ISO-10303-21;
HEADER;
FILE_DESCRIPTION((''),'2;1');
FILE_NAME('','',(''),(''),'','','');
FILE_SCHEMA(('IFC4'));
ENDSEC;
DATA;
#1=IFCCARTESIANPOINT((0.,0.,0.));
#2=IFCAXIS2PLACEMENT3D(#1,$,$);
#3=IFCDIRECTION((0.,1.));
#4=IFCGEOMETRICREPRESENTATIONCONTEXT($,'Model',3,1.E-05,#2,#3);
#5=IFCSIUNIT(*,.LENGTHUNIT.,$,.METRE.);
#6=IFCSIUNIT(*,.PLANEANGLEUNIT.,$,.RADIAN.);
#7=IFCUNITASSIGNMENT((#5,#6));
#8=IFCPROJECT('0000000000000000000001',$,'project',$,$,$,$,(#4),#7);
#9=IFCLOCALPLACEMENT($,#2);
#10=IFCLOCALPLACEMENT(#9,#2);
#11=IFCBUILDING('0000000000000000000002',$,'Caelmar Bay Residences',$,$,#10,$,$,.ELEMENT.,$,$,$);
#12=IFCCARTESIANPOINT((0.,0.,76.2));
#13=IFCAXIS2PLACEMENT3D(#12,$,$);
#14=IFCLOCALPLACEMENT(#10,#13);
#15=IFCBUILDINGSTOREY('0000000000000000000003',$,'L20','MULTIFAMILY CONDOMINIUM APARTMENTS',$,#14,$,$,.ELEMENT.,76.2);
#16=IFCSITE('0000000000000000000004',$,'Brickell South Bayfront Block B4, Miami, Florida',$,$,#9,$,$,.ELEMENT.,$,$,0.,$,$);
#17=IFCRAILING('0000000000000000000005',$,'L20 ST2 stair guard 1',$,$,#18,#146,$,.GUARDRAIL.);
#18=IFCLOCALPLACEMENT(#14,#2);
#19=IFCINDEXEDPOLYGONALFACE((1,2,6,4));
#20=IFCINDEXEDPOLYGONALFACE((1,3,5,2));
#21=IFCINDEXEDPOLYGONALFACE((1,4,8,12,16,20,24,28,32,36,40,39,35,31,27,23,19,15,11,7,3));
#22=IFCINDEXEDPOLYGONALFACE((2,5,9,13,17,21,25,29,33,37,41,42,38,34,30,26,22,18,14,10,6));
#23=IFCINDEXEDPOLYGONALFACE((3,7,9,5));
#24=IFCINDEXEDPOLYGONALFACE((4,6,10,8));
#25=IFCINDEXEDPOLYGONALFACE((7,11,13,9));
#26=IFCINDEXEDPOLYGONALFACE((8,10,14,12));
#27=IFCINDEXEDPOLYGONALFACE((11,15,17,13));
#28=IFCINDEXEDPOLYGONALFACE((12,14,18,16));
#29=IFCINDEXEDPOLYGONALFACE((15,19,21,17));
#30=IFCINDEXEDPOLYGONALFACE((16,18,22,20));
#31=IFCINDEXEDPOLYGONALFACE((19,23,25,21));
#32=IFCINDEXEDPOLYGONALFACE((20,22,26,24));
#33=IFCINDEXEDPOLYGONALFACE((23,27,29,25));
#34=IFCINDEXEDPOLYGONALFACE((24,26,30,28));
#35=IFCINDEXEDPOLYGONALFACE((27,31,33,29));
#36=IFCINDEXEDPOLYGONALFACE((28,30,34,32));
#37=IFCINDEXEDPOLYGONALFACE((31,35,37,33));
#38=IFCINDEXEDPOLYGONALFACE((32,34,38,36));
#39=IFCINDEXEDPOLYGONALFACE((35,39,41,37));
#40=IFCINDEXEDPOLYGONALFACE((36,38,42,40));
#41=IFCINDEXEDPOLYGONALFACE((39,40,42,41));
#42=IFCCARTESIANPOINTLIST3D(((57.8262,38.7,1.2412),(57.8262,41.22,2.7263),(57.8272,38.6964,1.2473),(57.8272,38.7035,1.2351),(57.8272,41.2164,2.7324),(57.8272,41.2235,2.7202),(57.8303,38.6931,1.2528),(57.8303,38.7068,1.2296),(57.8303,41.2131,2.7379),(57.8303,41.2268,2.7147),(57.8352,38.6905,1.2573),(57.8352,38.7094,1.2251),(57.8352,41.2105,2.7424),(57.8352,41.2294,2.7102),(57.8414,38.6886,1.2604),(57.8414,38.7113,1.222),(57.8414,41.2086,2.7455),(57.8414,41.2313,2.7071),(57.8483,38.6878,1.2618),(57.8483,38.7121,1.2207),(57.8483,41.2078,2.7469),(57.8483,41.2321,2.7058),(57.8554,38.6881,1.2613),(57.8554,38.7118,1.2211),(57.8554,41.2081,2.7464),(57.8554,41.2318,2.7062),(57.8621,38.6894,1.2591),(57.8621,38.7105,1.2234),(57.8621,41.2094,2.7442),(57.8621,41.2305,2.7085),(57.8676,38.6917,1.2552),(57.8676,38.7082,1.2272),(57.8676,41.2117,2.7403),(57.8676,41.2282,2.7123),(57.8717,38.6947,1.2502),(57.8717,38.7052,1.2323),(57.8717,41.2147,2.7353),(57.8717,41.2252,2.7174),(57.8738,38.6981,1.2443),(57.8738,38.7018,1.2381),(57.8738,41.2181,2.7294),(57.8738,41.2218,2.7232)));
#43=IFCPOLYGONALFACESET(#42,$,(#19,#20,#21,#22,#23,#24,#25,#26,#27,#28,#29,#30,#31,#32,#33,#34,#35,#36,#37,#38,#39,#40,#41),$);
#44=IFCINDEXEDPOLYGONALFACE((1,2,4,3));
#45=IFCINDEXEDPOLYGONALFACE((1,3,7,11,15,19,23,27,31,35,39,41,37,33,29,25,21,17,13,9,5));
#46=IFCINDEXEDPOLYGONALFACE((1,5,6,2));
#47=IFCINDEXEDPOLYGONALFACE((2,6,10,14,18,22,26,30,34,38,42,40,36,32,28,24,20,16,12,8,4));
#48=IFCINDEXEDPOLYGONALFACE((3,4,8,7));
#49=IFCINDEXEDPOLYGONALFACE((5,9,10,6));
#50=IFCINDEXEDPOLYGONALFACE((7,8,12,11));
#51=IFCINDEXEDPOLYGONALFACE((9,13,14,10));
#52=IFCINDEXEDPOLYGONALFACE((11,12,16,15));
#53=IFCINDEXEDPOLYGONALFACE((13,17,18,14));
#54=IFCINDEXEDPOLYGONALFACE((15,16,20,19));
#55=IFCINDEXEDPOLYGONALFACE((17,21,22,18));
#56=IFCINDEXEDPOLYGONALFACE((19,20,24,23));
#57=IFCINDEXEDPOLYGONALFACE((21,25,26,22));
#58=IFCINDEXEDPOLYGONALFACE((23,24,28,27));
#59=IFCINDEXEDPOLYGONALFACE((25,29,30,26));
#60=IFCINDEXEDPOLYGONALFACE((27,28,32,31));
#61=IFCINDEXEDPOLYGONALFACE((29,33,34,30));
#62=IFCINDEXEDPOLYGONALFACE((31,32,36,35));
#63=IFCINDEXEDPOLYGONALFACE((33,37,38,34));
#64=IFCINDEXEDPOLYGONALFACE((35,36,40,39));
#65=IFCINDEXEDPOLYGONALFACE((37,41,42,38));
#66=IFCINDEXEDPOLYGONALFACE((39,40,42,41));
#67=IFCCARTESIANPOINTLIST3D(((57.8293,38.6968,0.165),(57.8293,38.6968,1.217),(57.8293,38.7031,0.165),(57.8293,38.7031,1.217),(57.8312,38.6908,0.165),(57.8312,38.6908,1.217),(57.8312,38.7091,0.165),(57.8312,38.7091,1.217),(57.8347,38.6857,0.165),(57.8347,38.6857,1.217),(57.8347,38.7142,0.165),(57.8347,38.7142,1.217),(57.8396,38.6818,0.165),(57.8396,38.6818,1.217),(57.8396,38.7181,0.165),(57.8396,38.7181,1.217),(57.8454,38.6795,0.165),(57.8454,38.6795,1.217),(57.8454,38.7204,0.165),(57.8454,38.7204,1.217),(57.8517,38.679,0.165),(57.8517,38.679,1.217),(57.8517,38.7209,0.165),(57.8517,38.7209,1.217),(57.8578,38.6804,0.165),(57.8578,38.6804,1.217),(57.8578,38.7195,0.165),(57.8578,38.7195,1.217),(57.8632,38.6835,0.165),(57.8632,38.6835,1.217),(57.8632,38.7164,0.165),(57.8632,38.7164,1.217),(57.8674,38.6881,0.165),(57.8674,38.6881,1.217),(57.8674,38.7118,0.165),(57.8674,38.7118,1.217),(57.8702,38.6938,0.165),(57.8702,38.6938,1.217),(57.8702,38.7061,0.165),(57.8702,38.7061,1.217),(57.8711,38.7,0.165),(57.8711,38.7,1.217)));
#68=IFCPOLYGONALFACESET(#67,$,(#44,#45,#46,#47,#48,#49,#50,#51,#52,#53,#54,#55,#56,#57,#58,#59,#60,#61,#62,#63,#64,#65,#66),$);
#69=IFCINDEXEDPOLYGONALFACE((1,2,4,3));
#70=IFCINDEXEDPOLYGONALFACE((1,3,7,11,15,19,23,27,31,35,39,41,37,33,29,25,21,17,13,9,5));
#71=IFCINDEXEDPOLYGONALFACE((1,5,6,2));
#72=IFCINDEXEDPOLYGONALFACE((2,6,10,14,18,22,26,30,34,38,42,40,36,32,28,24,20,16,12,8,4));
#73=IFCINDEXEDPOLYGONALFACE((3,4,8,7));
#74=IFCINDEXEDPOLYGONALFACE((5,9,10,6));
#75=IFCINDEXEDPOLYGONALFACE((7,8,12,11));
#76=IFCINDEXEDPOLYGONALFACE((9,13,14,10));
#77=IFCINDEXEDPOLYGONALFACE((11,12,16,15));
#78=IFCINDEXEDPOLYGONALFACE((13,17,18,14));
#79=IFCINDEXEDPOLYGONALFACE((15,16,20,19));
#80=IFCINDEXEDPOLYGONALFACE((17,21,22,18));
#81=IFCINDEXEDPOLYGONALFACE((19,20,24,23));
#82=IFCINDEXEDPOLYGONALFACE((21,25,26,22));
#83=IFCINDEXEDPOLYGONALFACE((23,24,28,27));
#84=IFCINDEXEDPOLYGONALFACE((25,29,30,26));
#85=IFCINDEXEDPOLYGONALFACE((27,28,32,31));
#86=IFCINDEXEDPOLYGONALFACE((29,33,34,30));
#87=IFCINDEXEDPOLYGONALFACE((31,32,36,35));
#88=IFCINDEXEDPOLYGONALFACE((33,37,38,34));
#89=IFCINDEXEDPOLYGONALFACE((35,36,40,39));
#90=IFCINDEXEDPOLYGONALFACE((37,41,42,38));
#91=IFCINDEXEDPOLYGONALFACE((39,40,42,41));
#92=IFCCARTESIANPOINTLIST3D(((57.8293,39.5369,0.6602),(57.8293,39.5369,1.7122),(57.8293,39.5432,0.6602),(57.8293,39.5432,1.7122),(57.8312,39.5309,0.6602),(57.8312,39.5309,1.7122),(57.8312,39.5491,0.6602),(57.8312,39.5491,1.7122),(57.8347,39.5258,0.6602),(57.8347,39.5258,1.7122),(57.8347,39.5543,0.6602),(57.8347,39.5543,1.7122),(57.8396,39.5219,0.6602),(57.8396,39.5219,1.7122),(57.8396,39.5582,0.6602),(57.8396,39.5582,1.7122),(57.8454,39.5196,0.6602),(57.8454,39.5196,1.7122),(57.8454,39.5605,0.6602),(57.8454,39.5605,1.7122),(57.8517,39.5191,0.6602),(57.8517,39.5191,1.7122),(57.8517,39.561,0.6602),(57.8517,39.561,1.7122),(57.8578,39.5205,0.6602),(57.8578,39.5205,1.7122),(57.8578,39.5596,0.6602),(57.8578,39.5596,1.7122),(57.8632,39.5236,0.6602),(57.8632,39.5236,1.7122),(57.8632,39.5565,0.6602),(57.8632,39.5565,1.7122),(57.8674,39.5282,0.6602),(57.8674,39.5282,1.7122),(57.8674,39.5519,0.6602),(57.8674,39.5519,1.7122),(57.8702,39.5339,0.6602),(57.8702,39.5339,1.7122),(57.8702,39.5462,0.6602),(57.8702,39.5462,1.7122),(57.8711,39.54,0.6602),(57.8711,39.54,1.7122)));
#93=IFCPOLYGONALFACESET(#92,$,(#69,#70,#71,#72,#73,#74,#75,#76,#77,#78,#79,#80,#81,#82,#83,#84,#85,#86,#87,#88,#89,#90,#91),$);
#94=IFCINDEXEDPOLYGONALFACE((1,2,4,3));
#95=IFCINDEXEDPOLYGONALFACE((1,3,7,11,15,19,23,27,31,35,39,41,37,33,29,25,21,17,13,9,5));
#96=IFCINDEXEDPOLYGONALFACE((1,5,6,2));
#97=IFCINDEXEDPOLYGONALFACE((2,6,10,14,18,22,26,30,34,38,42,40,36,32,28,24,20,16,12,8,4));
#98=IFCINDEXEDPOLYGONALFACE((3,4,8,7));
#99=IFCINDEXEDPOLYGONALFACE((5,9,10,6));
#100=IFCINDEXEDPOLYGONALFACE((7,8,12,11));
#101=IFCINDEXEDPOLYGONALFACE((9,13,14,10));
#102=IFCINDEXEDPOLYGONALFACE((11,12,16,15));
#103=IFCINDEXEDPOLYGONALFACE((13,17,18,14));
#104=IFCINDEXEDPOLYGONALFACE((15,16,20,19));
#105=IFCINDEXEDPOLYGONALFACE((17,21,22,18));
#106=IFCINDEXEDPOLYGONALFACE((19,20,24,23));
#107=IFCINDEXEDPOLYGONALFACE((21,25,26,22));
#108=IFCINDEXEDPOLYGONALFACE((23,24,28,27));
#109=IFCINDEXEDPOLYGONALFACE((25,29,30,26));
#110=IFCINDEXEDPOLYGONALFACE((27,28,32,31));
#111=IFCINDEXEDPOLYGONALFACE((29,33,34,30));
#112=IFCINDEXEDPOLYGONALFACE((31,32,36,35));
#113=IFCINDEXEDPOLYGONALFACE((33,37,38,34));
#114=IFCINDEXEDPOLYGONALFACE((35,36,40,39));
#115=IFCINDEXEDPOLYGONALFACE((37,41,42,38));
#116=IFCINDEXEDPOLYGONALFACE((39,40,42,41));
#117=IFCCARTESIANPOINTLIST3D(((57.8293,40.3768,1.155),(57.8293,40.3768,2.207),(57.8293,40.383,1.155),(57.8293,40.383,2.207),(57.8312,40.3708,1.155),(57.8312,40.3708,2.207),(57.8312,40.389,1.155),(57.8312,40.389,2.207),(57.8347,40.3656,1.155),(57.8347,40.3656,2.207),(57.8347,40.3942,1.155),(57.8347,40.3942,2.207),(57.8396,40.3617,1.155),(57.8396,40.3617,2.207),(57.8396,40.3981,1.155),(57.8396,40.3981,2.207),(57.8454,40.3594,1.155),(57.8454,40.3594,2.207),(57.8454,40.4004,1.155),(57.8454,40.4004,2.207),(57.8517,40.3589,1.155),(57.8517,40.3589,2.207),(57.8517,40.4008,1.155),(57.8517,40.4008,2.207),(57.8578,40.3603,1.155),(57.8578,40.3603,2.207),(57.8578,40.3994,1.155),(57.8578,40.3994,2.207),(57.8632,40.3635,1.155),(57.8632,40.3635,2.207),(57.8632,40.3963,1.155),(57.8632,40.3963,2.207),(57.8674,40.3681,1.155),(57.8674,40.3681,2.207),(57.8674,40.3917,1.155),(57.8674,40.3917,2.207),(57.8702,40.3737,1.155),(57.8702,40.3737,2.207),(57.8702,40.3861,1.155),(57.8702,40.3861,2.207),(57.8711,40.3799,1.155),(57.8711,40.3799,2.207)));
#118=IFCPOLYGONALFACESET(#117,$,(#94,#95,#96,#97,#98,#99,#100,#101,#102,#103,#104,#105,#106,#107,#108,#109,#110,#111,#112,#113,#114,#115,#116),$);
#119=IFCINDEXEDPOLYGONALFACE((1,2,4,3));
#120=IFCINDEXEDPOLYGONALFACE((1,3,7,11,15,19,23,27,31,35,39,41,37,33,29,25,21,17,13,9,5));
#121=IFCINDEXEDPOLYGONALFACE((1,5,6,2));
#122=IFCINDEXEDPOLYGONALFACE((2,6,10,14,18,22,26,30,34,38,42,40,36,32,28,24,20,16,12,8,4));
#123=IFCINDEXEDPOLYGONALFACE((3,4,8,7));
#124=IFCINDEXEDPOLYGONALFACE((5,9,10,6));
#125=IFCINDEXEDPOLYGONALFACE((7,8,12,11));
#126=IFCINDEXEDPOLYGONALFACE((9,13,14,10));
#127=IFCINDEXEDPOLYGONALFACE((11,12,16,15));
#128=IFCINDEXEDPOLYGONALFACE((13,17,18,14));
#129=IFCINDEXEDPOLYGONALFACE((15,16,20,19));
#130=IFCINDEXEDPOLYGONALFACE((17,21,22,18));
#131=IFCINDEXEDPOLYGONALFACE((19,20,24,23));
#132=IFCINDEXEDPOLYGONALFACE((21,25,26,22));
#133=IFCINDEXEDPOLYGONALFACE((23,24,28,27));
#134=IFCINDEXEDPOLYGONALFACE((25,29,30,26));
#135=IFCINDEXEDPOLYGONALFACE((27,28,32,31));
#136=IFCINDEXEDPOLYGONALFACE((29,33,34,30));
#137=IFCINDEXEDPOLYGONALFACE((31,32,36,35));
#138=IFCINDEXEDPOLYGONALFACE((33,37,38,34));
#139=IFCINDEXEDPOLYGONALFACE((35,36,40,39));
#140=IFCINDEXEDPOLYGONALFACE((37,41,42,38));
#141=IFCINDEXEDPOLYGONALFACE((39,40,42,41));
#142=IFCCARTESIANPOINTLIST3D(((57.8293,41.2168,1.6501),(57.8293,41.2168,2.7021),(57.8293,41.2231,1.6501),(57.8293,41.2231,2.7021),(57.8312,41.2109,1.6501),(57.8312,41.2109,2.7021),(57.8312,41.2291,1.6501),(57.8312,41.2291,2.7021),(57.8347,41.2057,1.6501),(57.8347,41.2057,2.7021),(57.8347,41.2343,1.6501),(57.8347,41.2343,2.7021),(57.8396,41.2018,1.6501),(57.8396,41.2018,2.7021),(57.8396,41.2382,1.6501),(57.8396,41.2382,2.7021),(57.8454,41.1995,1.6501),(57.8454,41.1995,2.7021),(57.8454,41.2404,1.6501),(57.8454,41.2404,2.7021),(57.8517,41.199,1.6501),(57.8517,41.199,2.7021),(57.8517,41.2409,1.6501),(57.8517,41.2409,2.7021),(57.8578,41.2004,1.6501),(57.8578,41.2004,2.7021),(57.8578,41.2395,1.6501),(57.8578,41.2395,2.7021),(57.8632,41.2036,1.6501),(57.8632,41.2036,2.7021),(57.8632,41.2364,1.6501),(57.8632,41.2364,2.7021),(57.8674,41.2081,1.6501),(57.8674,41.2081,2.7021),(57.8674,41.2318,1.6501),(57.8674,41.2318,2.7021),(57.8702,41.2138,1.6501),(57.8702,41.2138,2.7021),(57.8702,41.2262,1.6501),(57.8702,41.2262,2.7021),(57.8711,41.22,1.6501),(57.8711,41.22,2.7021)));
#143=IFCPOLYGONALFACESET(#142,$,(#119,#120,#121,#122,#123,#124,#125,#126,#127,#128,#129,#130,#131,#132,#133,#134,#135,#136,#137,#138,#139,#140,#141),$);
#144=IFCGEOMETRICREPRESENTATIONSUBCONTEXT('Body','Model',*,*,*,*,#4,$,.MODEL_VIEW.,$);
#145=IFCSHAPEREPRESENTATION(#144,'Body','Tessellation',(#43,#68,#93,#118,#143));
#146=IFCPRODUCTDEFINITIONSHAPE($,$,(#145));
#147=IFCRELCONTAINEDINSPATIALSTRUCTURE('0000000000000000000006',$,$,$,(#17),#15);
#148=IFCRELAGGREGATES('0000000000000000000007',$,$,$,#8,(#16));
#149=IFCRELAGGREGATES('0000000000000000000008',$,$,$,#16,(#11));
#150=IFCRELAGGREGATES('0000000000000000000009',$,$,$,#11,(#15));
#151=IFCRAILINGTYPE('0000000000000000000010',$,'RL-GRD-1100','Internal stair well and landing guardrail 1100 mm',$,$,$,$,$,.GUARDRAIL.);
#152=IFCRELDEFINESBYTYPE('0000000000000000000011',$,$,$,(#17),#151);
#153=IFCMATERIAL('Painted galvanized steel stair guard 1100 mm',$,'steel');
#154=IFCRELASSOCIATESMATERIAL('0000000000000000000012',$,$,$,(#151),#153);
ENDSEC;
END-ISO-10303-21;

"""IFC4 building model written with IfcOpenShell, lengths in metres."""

from ifc_helpers import new_model, si_unit, direction, frame, origin, origin_2d, place, context, subcontext, project, spatial, circle, extrude, material, type_object, element, save


model = new_model("IFC4")

# Units and contexts
model_context = context("Model", 3, precision=1e-05, world=origin(), true_north=direction((0.0, 1.0)))
body_context = subcontext(model_context, "Body", "Model", "MODEL_VIEW")
ifc_project = project(units=[si_unit("LENGTHUNIT", "METRE"), si_unit("PLANEANGLEUNIT", "RADIAN")], contexts=[model_context])

# Site, building, storey
site_placement = place(None, origin())
site = spatial("IfcSite", under=ifc_project, at=site_placement, Name="Brickell South Bayfront Block B4, Miami, Florida", CompositionType="ELEMENT", RefElevation=0.0)
building_placement = place(site_placement, origin())
building = spatial("IfcBuilding", under=site, at=building_placement, Name="Caelmar Bay Residences", CompositionType="ELEMENT")
storey_placement = place(building_placement, frame((0.0, 0.0, 76.2)))
storey = spatial("IfcBuildingStorey", under=building, at=storey_placement, Name="L20", Description="MULTIFAMILY CONDOMINIUM APARTMENTS", CompositionType="ELEMENT", Elevation=76.2)

# Railing
ifc_material_1 = material(Name="Painted galvanized steel stair guard 1100 mm", Category="steel")
railing_type_1 = type_object("IfcRailingType", Name="RL-GRD-1100", Description="Internal stair well and landing guardrail 1100 mm", PredefinedType="GUARDRAIL", material=ifc_material_1)
railing_1_placement = place(storey_placement, frame((57.8501, 38.7, 0.165)))
element("IfcRailing", 1, at=railing_1_placement, inside=storey, type_object=railing_type_1, Name="L20 ST2 stair guard 1", PredefinedType="GUARDRAIL", context=body_context, shape_type="SweptSolid", body=[
    extrude(circle(Radius=0.0239, at=origin_2d()), frame((0.0, 0.0, 1.0762), z_axis=(0.0, 0.861524, 0.507717), x_axis=(-1.0, 0.0, 0.0)), (0.0, 0.0, 1.0), 2.925),
    extrude(circle(Radius=0.021, at=origin_2d()), origin(), (0.0, 0.0, 1.0), 1.052),
    extrude(circle(Radius=0.021, at=origin_2d()), frame((0.0, 0.8401, 0.4951)), (0.0, 0.0, 1.0), 1.052),
    extrude(circle(Radius=0.021, at=origin_2d()), frame((0.0, 1.6799, 0.99)), (0.0, 0.0, 1.0), 1.052),
    extrude(circle(Radius=0.021, at=origin_2d()), frame((0.0, 2.52, 1.4851)), (0.0, 0.0, 1.0), 1.052),
])

save(model, "model.ifc")
